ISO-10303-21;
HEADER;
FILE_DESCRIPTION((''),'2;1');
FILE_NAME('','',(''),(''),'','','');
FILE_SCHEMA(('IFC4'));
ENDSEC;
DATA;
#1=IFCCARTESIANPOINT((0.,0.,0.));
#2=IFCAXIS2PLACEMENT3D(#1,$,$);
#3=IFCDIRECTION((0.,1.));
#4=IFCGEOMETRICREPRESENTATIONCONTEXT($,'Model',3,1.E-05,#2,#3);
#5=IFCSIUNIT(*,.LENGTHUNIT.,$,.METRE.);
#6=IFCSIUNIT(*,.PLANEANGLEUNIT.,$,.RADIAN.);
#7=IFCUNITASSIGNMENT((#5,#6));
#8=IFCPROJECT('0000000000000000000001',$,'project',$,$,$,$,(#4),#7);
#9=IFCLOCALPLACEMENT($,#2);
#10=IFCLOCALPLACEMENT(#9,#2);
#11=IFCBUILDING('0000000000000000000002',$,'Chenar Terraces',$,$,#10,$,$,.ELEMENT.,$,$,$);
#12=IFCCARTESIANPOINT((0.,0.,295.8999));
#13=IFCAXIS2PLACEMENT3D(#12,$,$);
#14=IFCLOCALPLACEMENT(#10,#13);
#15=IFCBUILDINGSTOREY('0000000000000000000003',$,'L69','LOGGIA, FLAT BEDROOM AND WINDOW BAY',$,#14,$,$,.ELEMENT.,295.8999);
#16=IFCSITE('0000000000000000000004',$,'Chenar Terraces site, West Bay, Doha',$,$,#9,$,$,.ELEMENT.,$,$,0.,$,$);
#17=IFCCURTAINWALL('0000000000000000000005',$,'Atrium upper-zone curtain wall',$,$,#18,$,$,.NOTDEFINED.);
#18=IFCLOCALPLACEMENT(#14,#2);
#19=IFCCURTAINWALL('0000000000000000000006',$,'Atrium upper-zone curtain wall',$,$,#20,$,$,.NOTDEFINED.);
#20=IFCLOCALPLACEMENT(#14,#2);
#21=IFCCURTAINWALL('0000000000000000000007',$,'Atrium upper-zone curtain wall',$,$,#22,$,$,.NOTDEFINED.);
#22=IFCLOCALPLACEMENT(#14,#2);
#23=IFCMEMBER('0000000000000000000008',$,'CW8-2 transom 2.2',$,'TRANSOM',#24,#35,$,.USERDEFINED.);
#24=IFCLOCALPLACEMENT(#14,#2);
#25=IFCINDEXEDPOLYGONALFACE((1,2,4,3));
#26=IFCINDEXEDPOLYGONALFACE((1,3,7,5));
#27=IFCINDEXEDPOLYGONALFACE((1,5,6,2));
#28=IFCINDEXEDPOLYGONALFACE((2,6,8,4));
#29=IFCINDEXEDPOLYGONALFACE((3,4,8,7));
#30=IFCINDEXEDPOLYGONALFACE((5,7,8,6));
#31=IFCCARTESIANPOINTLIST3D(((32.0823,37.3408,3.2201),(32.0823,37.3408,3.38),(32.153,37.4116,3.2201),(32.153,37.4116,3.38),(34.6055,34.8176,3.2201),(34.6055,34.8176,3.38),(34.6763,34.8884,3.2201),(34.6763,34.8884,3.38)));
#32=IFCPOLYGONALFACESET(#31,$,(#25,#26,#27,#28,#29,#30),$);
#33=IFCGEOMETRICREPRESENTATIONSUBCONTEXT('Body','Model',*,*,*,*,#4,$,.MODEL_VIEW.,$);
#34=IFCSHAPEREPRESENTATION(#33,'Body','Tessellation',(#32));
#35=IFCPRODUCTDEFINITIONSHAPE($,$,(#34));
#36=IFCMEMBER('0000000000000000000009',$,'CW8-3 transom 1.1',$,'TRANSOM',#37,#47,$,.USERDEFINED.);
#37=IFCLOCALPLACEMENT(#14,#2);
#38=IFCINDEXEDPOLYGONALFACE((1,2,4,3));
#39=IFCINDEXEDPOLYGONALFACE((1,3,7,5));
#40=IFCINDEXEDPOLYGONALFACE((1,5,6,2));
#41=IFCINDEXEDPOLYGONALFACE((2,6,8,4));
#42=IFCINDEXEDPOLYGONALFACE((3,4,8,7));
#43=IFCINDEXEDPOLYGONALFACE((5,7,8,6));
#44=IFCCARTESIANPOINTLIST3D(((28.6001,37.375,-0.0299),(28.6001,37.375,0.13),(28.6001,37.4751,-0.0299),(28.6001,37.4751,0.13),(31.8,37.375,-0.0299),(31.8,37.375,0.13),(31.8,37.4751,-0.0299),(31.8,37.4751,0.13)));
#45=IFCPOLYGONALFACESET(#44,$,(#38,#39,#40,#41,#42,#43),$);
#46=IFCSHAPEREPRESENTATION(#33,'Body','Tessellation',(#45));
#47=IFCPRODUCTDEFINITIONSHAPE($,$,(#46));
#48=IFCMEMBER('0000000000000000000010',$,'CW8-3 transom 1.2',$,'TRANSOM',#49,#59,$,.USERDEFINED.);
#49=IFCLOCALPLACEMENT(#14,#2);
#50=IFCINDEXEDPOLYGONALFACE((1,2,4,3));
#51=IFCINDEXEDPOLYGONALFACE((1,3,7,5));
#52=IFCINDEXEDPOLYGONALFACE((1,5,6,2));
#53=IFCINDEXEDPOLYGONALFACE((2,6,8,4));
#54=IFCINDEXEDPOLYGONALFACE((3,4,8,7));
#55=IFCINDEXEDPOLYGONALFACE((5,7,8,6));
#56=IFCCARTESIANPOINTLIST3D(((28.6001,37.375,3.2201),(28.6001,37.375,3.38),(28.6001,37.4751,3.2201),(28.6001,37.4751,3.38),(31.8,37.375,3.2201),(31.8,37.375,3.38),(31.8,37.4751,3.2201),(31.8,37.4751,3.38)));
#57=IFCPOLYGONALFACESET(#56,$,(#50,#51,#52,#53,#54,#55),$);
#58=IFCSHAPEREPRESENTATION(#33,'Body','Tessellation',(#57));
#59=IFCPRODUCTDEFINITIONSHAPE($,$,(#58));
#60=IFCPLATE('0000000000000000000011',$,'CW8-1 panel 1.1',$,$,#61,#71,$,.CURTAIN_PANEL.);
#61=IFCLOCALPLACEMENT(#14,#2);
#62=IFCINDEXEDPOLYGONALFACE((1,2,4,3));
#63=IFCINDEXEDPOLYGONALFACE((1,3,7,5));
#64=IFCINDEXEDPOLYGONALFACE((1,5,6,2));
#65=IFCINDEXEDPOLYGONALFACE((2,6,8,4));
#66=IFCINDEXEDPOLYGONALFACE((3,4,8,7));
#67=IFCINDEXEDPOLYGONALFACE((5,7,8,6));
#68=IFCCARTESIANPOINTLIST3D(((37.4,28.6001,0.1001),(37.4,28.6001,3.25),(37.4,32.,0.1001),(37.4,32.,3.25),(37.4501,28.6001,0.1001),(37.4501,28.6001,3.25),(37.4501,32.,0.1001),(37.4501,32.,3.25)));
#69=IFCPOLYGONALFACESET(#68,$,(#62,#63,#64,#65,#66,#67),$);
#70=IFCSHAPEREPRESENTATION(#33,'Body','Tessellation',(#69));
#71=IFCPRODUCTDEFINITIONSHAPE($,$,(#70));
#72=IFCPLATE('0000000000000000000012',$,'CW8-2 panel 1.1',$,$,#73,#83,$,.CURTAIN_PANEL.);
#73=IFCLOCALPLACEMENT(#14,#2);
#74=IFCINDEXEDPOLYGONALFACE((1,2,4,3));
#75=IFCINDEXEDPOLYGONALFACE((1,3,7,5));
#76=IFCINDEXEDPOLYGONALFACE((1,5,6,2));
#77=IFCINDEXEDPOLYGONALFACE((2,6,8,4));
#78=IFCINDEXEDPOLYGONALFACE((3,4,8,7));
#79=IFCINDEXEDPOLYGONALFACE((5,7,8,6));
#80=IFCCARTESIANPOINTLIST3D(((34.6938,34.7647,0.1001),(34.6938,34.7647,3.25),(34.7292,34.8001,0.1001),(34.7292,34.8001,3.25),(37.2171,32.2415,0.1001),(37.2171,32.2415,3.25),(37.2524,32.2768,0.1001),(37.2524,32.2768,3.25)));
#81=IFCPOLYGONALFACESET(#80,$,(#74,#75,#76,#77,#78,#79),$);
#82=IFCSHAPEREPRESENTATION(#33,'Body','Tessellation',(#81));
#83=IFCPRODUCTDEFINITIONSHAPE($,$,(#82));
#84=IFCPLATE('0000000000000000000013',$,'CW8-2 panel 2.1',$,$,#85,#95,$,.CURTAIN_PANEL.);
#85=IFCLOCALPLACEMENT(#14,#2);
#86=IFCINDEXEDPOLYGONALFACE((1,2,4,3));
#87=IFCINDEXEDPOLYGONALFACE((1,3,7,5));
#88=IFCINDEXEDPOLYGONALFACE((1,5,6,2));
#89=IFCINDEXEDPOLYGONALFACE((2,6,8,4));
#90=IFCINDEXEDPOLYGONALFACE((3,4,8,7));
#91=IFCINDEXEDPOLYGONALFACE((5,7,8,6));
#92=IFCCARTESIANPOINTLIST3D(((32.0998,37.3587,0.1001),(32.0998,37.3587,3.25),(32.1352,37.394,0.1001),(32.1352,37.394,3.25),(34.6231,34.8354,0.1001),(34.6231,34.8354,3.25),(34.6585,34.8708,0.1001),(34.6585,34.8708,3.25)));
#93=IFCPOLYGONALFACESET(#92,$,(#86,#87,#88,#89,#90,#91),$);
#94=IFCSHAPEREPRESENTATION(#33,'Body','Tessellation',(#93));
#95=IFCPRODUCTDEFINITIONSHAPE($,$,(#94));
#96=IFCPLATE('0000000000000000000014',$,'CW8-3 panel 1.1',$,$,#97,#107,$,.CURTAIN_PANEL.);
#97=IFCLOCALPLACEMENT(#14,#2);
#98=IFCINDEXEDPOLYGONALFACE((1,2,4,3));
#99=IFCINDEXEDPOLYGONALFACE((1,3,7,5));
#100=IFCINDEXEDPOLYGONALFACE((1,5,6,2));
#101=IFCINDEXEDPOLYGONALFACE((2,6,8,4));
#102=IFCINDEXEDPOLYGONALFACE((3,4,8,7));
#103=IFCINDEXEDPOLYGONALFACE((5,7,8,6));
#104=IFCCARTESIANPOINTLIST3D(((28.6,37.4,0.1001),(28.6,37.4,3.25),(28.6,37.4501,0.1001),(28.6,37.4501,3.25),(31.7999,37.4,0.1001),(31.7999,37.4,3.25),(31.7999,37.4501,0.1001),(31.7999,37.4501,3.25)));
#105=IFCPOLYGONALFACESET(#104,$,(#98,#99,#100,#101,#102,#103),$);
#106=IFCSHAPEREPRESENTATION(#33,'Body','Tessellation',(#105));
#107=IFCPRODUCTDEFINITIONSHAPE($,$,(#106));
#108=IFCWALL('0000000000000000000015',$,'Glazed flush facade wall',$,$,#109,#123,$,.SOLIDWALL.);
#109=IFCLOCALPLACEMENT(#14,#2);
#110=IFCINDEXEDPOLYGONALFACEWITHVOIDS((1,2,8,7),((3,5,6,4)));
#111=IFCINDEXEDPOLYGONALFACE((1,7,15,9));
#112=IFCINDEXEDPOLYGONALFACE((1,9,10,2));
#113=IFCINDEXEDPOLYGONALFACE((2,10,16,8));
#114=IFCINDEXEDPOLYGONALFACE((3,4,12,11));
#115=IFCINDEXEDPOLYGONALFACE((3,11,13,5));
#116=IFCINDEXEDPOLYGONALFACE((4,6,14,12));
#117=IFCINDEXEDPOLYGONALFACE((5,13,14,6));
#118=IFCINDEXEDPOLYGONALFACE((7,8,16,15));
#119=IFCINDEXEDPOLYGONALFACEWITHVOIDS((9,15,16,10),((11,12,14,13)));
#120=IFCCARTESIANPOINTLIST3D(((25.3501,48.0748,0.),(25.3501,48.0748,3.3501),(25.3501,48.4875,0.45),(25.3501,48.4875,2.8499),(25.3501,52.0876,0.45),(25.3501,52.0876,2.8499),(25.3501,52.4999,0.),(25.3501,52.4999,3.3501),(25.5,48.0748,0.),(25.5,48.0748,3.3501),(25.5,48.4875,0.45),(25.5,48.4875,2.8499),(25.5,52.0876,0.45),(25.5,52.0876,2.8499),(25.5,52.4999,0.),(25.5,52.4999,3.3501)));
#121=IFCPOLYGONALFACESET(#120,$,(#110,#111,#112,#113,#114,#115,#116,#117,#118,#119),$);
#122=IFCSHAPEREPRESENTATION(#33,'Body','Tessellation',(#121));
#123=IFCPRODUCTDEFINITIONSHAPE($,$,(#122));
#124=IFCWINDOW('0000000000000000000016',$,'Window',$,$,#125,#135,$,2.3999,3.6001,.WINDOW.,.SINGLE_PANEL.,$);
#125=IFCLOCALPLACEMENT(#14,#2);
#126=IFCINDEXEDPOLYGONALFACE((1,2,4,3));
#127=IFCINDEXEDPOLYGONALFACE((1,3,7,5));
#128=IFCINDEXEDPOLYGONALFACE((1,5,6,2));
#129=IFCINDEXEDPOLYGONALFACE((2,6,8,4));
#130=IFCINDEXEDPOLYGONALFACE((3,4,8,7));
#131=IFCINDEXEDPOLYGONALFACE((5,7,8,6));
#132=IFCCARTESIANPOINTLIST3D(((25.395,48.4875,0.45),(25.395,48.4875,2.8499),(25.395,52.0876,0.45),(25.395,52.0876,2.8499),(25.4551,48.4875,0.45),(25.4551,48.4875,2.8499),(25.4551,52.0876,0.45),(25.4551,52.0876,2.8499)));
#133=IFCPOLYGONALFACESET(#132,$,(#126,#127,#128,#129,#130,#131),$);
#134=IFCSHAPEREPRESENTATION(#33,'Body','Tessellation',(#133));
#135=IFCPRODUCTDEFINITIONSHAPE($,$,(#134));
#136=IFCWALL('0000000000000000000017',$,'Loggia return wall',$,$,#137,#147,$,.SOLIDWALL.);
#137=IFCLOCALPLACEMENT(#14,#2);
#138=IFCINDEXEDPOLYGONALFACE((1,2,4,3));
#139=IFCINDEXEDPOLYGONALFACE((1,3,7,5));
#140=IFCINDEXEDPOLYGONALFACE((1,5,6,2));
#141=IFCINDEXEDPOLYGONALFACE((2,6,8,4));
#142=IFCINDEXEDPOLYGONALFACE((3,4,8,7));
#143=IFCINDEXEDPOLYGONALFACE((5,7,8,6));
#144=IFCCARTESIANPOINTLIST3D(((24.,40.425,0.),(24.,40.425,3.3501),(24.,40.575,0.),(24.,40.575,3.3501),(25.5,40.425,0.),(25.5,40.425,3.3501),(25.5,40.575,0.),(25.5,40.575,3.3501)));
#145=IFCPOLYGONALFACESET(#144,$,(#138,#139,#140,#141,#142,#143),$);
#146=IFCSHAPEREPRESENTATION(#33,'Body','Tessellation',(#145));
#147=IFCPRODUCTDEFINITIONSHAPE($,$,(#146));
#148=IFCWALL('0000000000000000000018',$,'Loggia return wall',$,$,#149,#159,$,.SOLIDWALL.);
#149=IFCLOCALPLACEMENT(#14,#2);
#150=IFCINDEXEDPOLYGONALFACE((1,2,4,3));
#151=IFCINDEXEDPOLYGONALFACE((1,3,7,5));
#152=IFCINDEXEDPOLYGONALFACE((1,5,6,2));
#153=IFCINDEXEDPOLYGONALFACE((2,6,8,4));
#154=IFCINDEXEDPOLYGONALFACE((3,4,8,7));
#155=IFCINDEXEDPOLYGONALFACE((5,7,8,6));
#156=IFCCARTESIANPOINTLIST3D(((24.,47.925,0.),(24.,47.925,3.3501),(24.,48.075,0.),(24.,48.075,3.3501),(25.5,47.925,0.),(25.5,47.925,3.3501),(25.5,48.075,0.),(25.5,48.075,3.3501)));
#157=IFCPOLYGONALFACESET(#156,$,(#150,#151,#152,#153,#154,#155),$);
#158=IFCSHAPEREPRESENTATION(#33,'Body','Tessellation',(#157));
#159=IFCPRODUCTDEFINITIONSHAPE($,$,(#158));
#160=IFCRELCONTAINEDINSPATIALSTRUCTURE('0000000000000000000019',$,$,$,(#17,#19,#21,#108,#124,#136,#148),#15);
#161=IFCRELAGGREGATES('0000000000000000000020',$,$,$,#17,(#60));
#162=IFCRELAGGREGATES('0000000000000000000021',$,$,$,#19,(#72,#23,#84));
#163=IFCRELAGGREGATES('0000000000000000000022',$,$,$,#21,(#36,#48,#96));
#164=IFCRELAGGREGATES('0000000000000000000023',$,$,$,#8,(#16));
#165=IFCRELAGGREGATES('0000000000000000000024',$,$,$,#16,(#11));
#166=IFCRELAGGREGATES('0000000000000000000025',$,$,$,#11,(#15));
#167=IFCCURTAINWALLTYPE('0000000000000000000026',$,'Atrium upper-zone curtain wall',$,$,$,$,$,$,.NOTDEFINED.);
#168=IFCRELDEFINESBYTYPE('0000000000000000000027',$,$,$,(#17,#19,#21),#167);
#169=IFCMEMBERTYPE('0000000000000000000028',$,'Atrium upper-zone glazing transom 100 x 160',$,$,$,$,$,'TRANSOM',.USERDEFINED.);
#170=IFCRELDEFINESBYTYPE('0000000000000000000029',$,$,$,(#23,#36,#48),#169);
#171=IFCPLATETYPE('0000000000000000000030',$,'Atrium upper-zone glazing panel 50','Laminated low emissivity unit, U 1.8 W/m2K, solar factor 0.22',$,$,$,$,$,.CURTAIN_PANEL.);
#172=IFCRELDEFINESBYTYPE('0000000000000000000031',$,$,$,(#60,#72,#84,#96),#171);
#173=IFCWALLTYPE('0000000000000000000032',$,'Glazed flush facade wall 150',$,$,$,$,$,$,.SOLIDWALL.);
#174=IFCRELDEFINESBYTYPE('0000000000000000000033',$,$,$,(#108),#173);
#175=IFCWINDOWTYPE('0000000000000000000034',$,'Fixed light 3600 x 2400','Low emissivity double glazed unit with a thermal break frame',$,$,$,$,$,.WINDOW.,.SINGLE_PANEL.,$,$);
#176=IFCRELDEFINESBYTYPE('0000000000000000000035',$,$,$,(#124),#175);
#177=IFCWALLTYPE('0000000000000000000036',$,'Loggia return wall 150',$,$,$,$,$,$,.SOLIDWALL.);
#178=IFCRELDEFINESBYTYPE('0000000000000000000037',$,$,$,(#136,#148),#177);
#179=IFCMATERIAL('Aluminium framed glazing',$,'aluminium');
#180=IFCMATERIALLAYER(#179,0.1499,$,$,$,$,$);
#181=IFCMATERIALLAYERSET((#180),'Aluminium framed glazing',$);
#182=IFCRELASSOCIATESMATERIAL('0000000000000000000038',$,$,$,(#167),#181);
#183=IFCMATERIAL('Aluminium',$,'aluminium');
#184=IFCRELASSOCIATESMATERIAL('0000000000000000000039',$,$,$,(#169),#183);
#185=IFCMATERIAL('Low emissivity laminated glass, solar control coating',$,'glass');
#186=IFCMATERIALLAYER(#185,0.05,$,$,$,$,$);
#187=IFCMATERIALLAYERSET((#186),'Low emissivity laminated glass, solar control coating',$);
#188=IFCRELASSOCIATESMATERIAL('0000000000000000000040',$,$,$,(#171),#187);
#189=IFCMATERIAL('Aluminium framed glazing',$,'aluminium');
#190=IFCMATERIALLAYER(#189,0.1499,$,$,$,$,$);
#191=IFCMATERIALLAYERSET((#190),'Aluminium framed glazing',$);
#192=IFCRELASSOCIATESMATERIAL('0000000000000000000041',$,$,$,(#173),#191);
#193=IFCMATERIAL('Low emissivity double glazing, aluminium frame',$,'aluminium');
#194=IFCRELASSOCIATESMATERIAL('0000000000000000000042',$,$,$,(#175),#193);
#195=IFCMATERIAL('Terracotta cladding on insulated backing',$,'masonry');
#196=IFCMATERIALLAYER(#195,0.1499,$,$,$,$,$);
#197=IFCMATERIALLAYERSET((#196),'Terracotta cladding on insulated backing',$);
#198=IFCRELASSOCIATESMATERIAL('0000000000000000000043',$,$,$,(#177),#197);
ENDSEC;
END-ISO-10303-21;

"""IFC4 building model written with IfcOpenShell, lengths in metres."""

from ifc_helpers import new_model, si_unit, direction, frame, frame_2d, origin, origin_2d, place, context, subcontext, project, spatial, rectangle, extrude, material, layer, layer_set, material_profile, profile_set, type_object, element, fill, aggregate, save


model = new_model("IFC4")

# Units and contexts
model_context = context("Model", 3, precision=1e-05, world=origin(), true_north=direction((0.0, 1.0)))
body_context = subcontext(model_context, "Body", "Model", "MODEL_VIEW")
ifc_project = project(units=[si_unit("LENGTHUNIT", "METRE"), si_unit("PLANEANGLEUNIT", "RADIAN")], contexts=[model_context])

# Site, building, storey
site_placement = place(None, origin())
site = spatial("IfcSite", under=ifc_project, at=site_placement, Name="Chenar Terraces site, West Bay, Doha", CompositionType="ELEMENT", RefElevation=0.0)
building_placement = place(site_placement, origin())
building = spatial("IfcBuilding", under=site, at=building_placement, Name="Chenar Terraces", CompositionType="ELEMENT")
storey_placement = place(building_placement, frame((0.0, 0.0, 295.8999)))
storey = spatial("IfcBuildingStorey", under=building, at=storey_placement, Name="L69", Description="LOGGIA, FLAT BEDROOM AND WINDOW BAY", CompositionType="ELEMENT", Elevation=295.8999)

# Curtain walls
ifc_material_1 = material(Name="Aluminium framed glazing", Category="aluminium")
ifc_layer_1 = layer(ifc_material_1, 0.1499)
ifc_layer_set_1 = layer_set([ifc_layer_1], Name="Aluminium framed glazing")
curtain_wall_type = type_object("IfcCurtainWallType", Name="Atrium upper-zone curtain wall", PredefinedType="NOTDEFINED", material=ifc_layer_set_1)
placement = place(storey_placement, origin())
curtain_wall_1 = element("IfcCurtainWall", 1, at=placement, inside=storey, type_object=curtain_wall_type, Name="Atrium upper-zone curtain wall", PredefinedType="NOTDEFINED")
curtain_wall_2 = element("IfcCurtainWall", 2, at=placement, inside=storey, type_object=curtain_wall_type, Name="Atrium upper-zone curtain wall", PredefinedType="NOTDEFINED")
curtain_wall_3 = element("IfcCurtainWall", 3, at=placement, inside=storey, type_object=curtain_wall_type, Name="Atrium upper-zone curtain wall", PredefinedType="NOTDEFINED")

# Members
ifc_material_2 = material(Name="Aluminium", Category="aluminium")
ifc_material_profile_1 = material_profile(ifc_material_2, rectangle(XDim=0.1001, YDim=0.1599, at=origin_2d()), Name="Atrium upper-zone glazing transom 100 x 160")
ifc_profile_set_1 = profile_set([ifc_material_profile_1], Name="Aluminium")
member_type_1 = type_object("IfcMemberType", Name="Atrium upper-zone glazing transom 100 x 160", ElementType="TRANSOM", PredefinedType="USERDEFINED", material=ifc_profile_set_1)
member_1_placement = place(storey_placement, frame((34.6409, 34.853, 3.3), z_axis=(-0.707107, 0.707107, 0.0), x_axis=(-0.707107, -0.707107, 0.0)))
member_1 = element("IfcMember", 4, at=member_1_placement, type_object=member_type_1, Name="CW8-2 transom 2.2", ObjectType="TRANSOM", PredefinedType="USERDEFINED", context=body_context, shape_type="SweptSolid", body=[
    extrude(rectangle(XDim=0.1001, YDim=0.1599, at=origin_2d()), origin(), (0.0, 0.0, 1.0), 3.5684),
])
member_2_placement = place(storey_placement, frame((31.8, 37.425, 0.05), z_axis=(-1.0, 0.0, 0.0), x_axis=(0.0, -1.0, 0.0)))
member_2 = element("IfcMember", 5, at=member_2_placement, type_object=member_type_1, Name="CW8-3 transom 1.1", ObjectType="TRANSOM", PredefinedType="USERDEFINED", context=body_context, shape_type="SweptSolid", body=[
    extrude(rectangle(XDim=0.1001, YDim=0.1599, at=origin_2d()), origin(), (0.0, 0.0, 1.0), 3.2),
])
member_3_placement = place(storey_placement, frame((31.8, 37.425, 3.3), z_axis=(-1.0, 0.0, 0.0), x_axis=(0.0, -1.0, 0.0)))
member_3 = element("IfcMember", 6, at=member_3_placement, type_object=member_type_1, Name="CW8-3 transom 1.2", ObjectType="TRANSOM", PredefinedType="USERDEFINED", context=body_context, shape_type="SweptSolid", body=[
    extrude(rectangle(XDim=0.1001, YDim=0.1599, at=origin_2d()), origin(), (0.0, 0.0, 1.0), 3.2),
])

# Plates
ifc_material_3 = material(Name="Low emissivity laminated glass, solar control coating", Category="glass")
ifc_layer_2 = layer(ifc_material_3, 0.05)
ifc_layer_set_2 = layer_set([ifc_layer_2], Name="Low emissivity laminated glass, solar control coating")
plate_type = type_object("IfcPlateType", Name="Atrium upper-zone glazing panel 50", Description="Laminated low emissivity unit, U 1.8 W/m2K, solar factor 0.22", PredefinedType="CURTAIN_PANEL", material=ifc_layer_set_2)
plate_1_placement = place(storey_placement, frame((37.425, 30.3, 0.1001), z_axis=(0.0, 0.0, 1.0), x_axis=(0.0, 1.0, 0.0)))
plate_1 = element("IfcPlate", 7, at=plate_1_placement, type_object=plate_type, Name="CW8-1 panel 1.1", PredefinedType="CURTAIN_PANEL", context=body_context, shape_type="SweptSolid", body=[
    extrude(rectangle(XDim=3.3999, YDim=0.05, at=origin_2d()), origin(), (0.0, 0.0, 1.0), 3.1499),
])
aggregate(curtain_wall_1, [plate_1])
plate_2_placement = place(storey_placement, frame((35.9731, 33.5208, 0.1001), z_axis=(0.0, 0.0, 1.0), x_axis=(-0.707107, 0.707107, 0.0)))
plate_2 = element("IfcPlate", 8, at=plate_2_placement, type_object=plate_type, Name="CW8-2 panel 1.1", PredefinedType="CURTAIN_PANEL", context=body_context, shape_type="SweptSolid", body=[
    extrude(rectangle(XDim=3.5684, YDim=0.05, at=origin_2d()), origin(), (0.0, 0.0, 1.0), 3.1499),
])
plate_3_placement = place(storey_placement, frame((33.3792, 36.1147, 0.1001), z_axis=(0.0, 0.0, 1.0), x_axis=(-0.707107, 0.707107, 0.0)))
plate_3 = element("IfcPlate", 9, at=plate_3_placement, type_object=plate_type, Name="CW8-2 panel 2.1", PredefinedType="CURTAIN_PANEL", context=body_context, shape_type="SweptSolid", body=[
    extrude(rectangle(XDim=3.5684, YDim=0.05, at=origin_2d()), origin(), (0.0, 0.0, 1.0), 3.1499),
])
aggregate(curtain_wall_2, [plate_2, member_1, plate_3])
plate_4_placement = place(storey_placement, frame((30.2, 37.425, 0.1001), z_axis=(0.0, 0.0, 1.0), x_axis=(-1.0, 0.0, 0.0)))
plate_4 = element("IfcPlate", 10, at=plate_4_placement, type_object=plate_type, Name="CW8-3 panel 1.1", PredefinedType="CURTAIN_PANEL", context=body_context, shape_type="SweptSolid", body=[
    extrude(rectangle(XDim=3.2, YDim=0.05, at=origin_2d()), origin(), (0.0, 0.0, 1.0), 3.1499),
])
aggregate(curtain_wall_3, [member_2, member_3, plate_4])

# Wall, opening, window
ifc_material_4 = material(Name="Aluminium framed glazing", Category="aluminium")
ifc_layer_3 = layer(ifc_material_4, 0.1499)
ifc_layer_set_3 = layer_set([ifc_layer_3], Name="Aluminium framed glazing")
wall_type_1 = type_object("IfcWallType", Name="Glazed flush facade wall 150", PredefinedType="SOLIDWALL", material=ifc_layer_set_3)
wall_1_placement = place(storey_placement, frame((25.425, 48.075, 0.0), z_axis=(0.0, 0.0, 1.0), x_axis=(0.0, 1.0, 0.0)))
wall_1 = element("IfcWall", 11, at=wall_1_placement, inside=storey, type_object=wall_type_1, Name="Glazed flush facade wall", PredefinedType="SOLIDWALL", context=body_context, shape_type="SweptSolid", body=[
    extrude(rectangle(XDim=4.425, YDim=0.1499, at=frame_2d((2.2124, 0.0))), origin(), (0.0, 0.0, 1.0), 3.3501),
])
opening_1_placement = place(wall_1_placement, frame((0.4126, 0.0, 0.45)))
opening_1 = element("IfcOpeningElement", 12, at=opening_1_placement, cuts=wall_1, PredefinedType="OPENING", context=body_context, shape_type="SweptSolid", body=[
    extrude(rectangle(XDim=3.6001, YDim=2.3999, at=frame_2d((1.8, 1.2))), frame((0.0, 0.085, 0.0), z_axis=(0.0, -1.0, 0.0), x_axis=(1.0, 0.0, 0.0)), (0.0, 0.0, 1.0), 0.1699),
])
ifc_material_5 = material(Name="Low emissivity double glazing, aluminium frame", Category="aluminium")
window_type_1 = type_object("IfcWindowType", Name="Fixed light 3600 x 2400", Description="Low emissivity double glazed unit with a thermal break frame", PartitioningType="SINGLE_PANEL", PredefinedType="WINDOW", material=ifc_material_5)
window_1_placement = place(opening_1_placement, origin())
window_1 = element("IfcWindow", 13, at=window_1_placement, inside=storey, type_object=window_type_1, Name="Window", OverallHeight=2.3999, OverallWidth=3.6001, PartitioningType="SINGLE_PANEL", PredefinedType="WINDOW", context=body_context, shape_type="SweptSolid", body=[
    extrude(rectangle(XDim=3.6001, YDim=2.3999, at=frame_2d((1.8, 1.2))), frame((0.0, 0.03, 0.0), z_axis=(0.0, -1.0, 0.0), x_axis=(1.0, 0.0, 0.0)), (0.0, 0.0, 1.0), 0.0601),
])
fill(opening_1, window_1)

# Walls
ifc_material_6 = material(Name="Terracotta cladding on insulated backing", Category="masonry")
ifc_layer_4 = layer(ifc_material_6, 0.1499)
ifc_layer_set_4 = layer_set([ifc_layer_4], Name="Terracotta cladding on insulated backing")
wall_type_2 = type_object("IfcWallType", Name="Loggia return wall 150", PredefinedType="SOLIDWALL", material=ifc_layer_set_4)
for number, where, z_axis, x_axis, name in (
    (14, (25.5, 40.5, 0.0), (0.0, 0.0, 1.0), (-1.0, 0.0, 0.0), "Loggia return wall"),
    (15, (25.5, 48.0, 0.0), (0.0, 0.0, 1.0), (-1.0, 0.0, 0.0), "Loggia return wall"),
):
    element("IfcWall", number, at=place(storey_placement, frame(where, z_axis=z_axis, x_axis=x_axis)), inside=storey, type_object=wall_type_2, Name=name, PredefinedType="SOLIDWALL", context=body_context, shape_type="SweptSolid", body=[
        extrude(rectangle(XDim=1.5, YDim=0.1499, at=frame_2d((0.75, 0.0))), origin(), (0.0, 0.0, 1.0), 3.3501),
    ])

save(model, "model.ifc")
